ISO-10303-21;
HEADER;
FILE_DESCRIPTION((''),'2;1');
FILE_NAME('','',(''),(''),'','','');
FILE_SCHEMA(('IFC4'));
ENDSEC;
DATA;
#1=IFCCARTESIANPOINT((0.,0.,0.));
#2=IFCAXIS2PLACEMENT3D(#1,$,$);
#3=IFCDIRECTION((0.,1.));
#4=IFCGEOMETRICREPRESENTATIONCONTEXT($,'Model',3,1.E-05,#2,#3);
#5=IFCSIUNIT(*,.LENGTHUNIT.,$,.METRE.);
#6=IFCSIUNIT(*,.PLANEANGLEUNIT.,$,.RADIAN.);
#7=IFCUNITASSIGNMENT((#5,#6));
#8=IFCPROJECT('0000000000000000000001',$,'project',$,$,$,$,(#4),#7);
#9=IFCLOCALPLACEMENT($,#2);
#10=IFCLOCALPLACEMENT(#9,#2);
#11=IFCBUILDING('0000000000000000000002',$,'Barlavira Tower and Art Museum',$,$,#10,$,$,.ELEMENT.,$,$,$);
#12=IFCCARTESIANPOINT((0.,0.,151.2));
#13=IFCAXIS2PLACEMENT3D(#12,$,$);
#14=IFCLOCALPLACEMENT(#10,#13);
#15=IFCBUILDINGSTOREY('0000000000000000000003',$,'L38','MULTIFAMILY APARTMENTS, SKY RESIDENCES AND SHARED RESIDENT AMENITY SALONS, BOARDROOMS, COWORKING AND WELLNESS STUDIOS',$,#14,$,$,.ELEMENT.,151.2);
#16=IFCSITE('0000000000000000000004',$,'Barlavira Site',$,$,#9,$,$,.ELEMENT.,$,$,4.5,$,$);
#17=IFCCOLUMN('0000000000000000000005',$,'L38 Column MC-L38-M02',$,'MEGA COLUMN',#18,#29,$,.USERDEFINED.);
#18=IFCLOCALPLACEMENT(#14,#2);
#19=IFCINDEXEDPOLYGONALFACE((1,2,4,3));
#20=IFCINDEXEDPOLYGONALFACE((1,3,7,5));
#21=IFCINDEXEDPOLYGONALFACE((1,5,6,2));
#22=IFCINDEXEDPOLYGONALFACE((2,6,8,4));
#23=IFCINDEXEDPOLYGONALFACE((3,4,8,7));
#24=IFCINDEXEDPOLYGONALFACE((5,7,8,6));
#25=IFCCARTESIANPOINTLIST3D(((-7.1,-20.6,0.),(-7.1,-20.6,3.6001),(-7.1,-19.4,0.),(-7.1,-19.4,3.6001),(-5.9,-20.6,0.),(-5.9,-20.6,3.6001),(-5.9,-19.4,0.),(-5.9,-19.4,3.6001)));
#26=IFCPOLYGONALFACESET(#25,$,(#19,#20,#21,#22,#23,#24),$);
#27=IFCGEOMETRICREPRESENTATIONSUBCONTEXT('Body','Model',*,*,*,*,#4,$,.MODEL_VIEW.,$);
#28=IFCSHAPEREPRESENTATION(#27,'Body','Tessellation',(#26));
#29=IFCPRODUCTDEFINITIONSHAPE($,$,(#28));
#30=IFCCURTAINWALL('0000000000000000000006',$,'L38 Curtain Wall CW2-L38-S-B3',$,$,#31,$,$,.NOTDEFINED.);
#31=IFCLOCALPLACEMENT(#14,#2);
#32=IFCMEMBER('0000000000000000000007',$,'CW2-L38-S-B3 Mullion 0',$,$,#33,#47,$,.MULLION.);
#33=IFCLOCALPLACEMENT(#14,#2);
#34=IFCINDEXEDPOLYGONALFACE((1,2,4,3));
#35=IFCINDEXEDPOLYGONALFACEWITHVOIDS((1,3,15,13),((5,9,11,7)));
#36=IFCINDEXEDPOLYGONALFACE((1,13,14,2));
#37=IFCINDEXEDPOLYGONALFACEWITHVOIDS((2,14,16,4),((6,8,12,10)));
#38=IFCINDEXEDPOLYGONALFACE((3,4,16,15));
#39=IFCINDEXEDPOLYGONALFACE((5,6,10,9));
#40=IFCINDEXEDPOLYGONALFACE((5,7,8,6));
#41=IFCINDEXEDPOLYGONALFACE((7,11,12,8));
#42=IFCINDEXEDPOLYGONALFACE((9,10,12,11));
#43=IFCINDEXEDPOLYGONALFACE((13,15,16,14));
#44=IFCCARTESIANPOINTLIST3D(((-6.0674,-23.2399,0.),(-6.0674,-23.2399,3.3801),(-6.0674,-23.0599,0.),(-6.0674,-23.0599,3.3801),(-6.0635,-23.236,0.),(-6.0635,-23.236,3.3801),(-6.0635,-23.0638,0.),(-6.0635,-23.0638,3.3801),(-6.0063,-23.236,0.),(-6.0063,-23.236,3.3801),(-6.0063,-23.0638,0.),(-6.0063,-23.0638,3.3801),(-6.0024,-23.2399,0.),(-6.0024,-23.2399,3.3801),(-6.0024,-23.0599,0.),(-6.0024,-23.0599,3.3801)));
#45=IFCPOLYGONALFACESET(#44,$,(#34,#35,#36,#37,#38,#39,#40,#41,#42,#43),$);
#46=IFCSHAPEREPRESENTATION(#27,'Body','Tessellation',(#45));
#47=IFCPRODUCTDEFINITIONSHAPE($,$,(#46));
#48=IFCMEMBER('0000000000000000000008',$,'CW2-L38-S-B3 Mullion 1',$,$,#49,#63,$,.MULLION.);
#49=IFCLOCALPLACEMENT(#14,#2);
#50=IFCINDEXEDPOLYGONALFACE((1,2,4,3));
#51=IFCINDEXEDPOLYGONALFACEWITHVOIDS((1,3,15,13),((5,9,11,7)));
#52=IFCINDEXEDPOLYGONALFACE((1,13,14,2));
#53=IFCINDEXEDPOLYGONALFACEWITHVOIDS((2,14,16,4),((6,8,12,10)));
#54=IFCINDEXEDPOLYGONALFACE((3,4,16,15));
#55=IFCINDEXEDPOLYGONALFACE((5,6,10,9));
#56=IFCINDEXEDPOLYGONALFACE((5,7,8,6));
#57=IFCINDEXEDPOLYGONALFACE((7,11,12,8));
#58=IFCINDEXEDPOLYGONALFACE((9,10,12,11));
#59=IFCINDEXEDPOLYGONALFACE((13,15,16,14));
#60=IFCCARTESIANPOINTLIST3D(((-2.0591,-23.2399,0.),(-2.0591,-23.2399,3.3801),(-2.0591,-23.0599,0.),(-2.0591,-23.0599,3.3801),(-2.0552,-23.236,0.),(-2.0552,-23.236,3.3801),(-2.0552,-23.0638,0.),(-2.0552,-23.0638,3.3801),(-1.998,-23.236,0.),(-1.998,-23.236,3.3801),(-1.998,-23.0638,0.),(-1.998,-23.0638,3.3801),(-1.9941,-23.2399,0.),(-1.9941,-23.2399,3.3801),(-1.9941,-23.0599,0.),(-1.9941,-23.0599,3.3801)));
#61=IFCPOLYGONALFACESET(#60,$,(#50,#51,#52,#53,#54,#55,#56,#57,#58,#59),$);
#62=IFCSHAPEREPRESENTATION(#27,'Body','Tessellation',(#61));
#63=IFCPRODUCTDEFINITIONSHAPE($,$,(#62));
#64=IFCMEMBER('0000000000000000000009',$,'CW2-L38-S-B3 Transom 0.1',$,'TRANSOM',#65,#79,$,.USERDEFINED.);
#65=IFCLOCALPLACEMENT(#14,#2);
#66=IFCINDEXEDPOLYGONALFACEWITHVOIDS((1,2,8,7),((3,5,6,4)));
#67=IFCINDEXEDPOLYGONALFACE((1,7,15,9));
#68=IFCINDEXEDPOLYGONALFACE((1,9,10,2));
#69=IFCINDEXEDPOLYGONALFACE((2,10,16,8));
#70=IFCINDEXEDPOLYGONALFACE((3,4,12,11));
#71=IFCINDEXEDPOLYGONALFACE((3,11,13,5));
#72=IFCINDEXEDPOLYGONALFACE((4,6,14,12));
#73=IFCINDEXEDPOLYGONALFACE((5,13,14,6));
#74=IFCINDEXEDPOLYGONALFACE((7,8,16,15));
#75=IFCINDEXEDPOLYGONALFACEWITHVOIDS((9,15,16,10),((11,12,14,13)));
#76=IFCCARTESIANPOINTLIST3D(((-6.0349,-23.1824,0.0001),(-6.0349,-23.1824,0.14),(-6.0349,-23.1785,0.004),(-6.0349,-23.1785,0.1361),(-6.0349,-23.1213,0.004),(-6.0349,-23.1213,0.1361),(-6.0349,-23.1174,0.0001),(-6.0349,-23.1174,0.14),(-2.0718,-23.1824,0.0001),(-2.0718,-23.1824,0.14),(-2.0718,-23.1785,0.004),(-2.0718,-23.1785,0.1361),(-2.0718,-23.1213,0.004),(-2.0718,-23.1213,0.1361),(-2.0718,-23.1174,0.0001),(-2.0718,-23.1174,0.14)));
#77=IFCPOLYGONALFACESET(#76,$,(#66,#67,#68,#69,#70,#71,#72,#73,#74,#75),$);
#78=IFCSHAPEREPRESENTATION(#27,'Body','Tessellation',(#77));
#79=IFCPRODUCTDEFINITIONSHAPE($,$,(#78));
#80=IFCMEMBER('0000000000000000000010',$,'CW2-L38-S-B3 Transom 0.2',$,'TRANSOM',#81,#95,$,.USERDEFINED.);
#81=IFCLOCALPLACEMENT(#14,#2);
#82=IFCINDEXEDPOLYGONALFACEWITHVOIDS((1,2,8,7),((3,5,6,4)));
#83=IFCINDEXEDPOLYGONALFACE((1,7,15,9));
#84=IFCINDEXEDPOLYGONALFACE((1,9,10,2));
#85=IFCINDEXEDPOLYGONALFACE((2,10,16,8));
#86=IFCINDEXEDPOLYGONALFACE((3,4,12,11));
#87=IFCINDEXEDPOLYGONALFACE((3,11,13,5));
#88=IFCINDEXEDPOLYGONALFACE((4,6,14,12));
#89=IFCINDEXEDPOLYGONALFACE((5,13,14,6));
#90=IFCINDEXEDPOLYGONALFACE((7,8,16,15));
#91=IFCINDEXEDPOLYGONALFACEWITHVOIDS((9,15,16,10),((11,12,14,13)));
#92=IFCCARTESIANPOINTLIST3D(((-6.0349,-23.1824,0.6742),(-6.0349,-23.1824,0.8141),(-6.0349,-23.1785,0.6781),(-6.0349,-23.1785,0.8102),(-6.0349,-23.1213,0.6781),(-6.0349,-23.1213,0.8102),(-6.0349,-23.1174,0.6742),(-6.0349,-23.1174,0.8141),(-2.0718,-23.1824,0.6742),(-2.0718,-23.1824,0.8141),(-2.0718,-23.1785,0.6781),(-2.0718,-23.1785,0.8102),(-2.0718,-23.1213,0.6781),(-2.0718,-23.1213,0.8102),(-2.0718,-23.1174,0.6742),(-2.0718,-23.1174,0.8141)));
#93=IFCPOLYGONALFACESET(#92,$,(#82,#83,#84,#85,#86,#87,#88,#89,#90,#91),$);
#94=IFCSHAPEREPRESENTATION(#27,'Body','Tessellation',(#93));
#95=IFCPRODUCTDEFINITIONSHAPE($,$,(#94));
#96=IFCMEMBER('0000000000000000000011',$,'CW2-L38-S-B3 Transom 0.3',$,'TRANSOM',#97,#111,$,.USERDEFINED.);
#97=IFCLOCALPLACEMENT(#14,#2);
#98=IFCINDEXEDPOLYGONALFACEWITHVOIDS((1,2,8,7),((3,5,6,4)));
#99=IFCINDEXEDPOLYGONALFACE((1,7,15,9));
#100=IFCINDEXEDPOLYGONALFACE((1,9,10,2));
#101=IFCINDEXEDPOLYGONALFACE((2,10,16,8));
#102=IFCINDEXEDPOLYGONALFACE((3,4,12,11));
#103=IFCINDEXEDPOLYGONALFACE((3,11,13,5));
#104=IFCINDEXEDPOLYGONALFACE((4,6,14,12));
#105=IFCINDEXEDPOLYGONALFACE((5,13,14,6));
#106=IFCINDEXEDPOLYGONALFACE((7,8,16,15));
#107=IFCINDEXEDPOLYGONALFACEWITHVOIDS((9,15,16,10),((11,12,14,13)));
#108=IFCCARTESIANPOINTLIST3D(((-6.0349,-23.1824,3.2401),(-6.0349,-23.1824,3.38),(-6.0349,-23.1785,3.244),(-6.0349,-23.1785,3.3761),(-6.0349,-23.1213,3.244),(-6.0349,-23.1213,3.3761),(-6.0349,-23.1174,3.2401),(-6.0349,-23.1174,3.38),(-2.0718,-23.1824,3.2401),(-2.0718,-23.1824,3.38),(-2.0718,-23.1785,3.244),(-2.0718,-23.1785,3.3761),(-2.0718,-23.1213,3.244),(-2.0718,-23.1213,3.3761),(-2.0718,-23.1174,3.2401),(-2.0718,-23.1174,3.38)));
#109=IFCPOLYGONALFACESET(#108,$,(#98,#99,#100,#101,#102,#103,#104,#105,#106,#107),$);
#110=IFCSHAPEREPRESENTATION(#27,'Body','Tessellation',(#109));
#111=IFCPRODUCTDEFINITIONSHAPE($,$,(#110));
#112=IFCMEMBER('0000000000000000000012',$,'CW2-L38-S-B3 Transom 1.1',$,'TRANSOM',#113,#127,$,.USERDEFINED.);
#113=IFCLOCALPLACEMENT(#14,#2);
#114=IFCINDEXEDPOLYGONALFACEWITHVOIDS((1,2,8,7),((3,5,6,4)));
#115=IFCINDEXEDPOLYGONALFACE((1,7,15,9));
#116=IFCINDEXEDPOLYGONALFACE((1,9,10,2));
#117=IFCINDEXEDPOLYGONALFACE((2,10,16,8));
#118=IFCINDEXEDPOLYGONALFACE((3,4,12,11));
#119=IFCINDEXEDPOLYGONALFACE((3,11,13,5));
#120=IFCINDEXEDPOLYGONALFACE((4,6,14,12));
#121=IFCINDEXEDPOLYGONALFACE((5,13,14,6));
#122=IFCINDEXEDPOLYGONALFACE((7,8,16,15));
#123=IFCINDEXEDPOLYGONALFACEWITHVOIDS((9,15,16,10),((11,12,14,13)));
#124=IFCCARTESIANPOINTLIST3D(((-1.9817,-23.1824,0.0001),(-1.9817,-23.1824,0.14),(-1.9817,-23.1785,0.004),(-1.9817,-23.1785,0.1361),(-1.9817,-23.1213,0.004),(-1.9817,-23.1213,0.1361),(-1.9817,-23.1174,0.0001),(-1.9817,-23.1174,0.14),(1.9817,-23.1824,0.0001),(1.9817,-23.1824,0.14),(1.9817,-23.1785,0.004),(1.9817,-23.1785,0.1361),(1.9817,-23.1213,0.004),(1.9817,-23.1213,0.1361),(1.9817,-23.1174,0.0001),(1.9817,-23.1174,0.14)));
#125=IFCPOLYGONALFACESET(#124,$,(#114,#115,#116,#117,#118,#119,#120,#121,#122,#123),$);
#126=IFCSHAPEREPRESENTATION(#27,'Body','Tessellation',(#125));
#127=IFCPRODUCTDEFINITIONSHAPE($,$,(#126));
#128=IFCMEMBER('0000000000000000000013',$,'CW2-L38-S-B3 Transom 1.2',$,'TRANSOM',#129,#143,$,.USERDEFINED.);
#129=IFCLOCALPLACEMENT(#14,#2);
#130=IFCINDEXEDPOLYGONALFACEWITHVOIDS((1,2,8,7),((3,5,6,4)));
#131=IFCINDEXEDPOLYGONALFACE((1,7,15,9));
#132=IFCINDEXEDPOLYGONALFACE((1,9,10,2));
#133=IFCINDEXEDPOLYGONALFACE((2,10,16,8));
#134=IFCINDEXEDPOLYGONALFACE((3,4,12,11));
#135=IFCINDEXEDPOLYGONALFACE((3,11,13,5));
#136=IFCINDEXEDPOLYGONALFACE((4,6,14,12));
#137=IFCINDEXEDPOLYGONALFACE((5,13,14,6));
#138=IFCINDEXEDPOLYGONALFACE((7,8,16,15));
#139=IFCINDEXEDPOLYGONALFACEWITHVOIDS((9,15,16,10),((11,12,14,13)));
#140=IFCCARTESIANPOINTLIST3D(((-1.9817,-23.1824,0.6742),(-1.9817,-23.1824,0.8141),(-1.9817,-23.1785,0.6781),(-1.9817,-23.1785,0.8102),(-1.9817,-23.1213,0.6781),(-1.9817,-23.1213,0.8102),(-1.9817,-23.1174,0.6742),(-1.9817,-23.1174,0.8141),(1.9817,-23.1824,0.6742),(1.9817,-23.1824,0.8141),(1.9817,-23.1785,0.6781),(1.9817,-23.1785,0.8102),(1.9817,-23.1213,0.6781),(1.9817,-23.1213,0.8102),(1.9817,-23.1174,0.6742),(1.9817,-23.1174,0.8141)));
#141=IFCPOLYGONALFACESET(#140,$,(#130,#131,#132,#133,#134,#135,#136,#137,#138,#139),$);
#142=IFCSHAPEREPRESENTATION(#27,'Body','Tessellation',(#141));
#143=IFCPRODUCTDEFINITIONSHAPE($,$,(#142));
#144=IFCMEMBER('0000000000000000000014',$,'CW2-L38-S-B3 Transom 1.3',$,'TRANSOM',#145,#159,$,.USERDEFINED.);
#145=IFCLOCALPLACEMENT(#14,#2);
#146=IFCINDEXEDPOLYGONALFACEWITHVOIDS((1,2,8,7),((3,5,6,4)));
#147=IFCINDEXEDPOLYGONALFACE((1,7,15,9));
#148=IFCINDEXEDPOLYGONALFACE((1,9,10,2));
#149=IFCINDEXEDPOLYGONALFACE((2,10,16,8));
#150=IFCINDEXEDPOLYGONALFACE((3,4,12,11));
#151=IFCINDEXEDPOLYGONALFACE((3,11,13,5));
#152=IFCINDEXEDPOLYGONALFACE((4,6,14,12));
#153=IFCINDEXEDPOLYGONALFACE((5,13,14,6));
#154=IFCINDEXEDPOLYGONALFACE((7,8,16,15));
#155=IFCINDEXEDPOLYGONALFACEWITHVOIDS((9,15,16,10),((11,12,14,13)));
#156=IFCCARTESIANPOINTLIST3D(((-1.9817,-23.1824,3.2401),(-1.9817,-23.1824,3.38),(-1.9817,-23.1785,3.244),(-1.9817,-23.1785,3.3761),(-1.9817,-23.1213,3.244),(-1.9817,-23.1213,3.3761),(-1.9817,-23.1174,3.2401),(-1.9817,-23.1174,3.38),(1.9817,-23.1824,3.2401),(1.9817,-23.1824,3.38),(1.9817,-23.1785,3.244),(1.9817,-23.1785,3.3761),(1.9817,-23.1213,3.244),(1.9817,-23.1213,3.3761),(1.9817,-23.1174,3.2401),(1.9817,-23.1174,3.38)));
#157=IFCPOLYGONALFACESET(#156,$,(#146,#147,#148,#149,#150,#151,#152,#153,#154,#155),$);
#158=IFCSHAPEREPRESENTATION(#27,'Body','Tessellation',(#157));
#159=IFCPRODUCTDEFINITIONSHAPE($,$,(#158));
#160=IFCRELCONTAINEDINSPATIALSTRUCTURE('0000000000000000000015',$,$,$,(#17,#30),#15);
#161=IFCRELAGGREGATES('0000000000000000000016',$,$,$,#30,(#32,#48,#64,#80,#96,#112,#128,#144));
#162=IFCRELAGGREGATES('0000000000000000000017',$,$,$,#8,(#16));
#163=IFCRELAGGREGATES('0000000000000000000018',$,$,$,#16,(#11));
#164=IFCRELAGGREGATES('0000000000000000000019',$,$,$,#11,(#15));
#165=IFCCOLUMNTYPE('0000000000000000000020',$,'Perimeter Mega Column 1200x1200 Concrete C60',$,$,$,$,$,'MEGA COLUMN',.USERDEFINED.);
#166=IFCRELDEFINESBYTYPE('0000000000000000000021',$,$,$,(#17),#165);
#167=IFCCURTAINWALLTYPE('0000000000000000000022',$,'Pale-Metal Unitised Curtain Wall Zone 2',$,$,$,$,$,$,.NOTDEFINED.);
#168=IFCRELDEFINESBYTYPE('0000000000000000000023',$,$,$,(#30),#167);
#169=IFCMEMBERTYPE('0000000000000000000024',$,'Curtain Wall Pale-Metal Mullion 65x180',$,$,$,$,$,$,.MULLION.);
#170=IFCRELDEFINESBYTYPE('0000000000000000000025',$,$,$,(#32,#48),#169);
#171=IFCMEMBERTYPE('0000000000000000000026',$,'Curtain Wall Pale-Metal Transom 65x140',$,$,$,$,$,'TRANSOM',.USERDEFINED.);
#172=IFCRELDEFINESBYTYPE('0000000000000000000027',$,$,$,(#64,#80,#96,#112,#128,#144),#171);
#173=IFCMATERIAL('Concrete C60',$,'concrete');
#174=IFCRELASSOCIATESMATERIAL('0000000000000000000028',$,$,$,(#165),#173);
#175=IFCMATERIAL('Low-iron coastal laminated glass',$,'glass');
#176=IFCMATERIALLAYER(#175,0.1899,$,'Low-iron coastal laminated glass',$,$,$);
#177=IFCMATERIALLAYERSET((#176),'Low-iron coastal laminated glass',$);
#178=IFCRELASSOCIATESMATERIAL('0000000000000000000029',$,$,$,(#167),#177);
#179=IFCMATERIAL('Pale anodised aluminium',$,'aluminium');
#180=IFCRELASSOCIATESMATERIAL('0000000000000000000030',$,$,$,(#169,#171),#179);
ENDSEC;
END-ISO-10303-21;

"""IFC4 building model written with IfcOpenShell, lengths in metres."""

from ifc_helpers import new_model, si_unit, direction, frame, origin, origin_2d, place, context, subcontext, project, spatial, rectangle, hollow_rectangle, extrude, material, layer, layer_set, material_profile, profile_set, type_object, element, aggregate, save


model = new_model("IFC4")

# Units and contexts
model_context = context("Model", 3, precision=1e-05, world=origin(), true_north=direction((0.0, 1.0)))
body_context = subcontext(model_context, "Body", "Model", "MODEL_VIEW")
ifc_project = project(units=[si_unit("LENGTHUNIT", "METRE"), si_unit("PLANEANGLEUNIT", "RADIAN")], contexts=[model_context])

# Site, building, storey
site_placement = place(None, origin())
site = spatial("IfcSite", under=ifc_project, at=site_placement, Name="Barlavira Site", CompositionType="ELEMENT", RefElevation=4.5)
building_placement = place(site_placement, origin())
building = spatial("IfcBuilding", under=site, at=building_placement, Name="Barlavira Tower and Art Museum", CompositionType="ELEMENT")
storey_placement = place(building_placement, frame((0.0, 0.0, 151.2)))
storey = spatial("IfcBuildingStorey", under=building, at=storey_placement, Name="L38", Description="MULTIFAMILY APARTMENTS, SKY RESIDENCES AND SHARED RESIDENT AMENITY SALONS, BOARDROOMS, COWORKING AND WELLNESS STUDIOS", CompositionType="ELEMENT", Elevation=151.2)

# Column
ifc_material_1 = material(Name="Concrete C60", Category="concrete")
ifc_material_profile_1 = material_profile(ifc_material_1, rectangle(XDim=1.2, YDim=1.2, at=origin_2d()), Name="RC-COL 1200x1200")
ifc_profile_set_1 = profile_set([ifc_material_profile_1], Name="Concrete C60")
column_type = type_object("IfcColumnType", Name="Perimeter Mega Column 1200x1200 Concrete C60", ElementType="MEGA COLUMN", PredefinedType="USERDEFINED", material=ifc_profile_set_1)
column_placement = place(storey_placement, frame((-6.5, -20.0, 0.0), z_axis=(0.0, 0.0, 1.0), x_axis=(1.0, 0.0, 0.0)))
element("IfcColumn", 1, at=column_placement, inside=storey, type_object=column_type, Name="L38 Column MC-L38-M02", ObjectType="MEGA COLUMN", PredefinedType="USERDEFINED", context=body_context, shape_type="SweptSolid", body=[
    extrude(rectangle(XDim=1.2, YDim=1.2, at=origin_2d()), origin(), (0.0, 0.0, 1.0), 3.6001),
])

# Curtain wall, members
ifc_material_2 = material(Name="Low-iron coastal laminated glass", Category="glass")
ifc_layer_1 = layer(ifc_material_2, 0.1899, Name="Low-iron coastal laminated glass")
ifc_layer_set_1 = layer_set([ifc_layer_1], Name="Low-iron coastal laminated glass")
curtain_wall_type = type_object("IfcCurtainWallType", Name="Pale-Metal Unitised Curtain Wall Zone 2", PredefinedType="NOTDEFINED", material=ifc_layer_set_1)
curtain_wall_placement = place(storey_placement, origin())
curtain_wall = element("IfcCurtainWall", 2, at=curtain_wall_placement, inside=storey, type_object=curtain_wall_type, Name="L38 Curtain Wall CW2-L38-S-B3", PredefinedType="NOTDEFINED")
ifc_material_3 = material(Name="Pale anodised aluminium", Category="aluminium")
ifc_material_profile_2 = material_profile(ifc_material_3, hollow_rectangle(XDim=0.0649, YDim=0.1799, WallThickness=0.0039, at=origin_2d()), Name="ALU-MULL 65x180x4")
ifc_profile_set_2 = profile_set([ifc_material_profile_2], Name="Pale anodised aluminium")
member_type_1 = type_object("IfcMemberType", Name="Curtain Wall Pale-Metal Mullion 65x180", PredefinedType="MULLION", material=ifc_profile_set_2)
member_1_placement = place(storey_placement, frame((-6.0349, -23.1499, 0.0), z_axis=(0.0, 0.0, 1.0), x_axis=(1.0, 0.0, 0.0)))
member_1 = element("IfcMember", 3, at=member_1_placement, type_object=member_type_1, Name="CW2-L38-S-B3 Mullion 0", PredefinedType="MULLION", context=body_context, shape_type="SweptSolid", body=[
    extrude(hollow_rectangle(XDim=0.0649, YDim=0.1799, WallThickness=0.0039, at=origin_2d()), origin(), (0.0, 0.0, 1.0), 3.3801),
])
member_2_placement = place(storey_placement, frame((-2.0266, -23.1499, 0.0), z_axis=(0.0, 0.0, 1.0), x_axis=(1.0, 0.0, 0.0)))
member_2 = element("IfcMember", 4, at=member_2_placement, type_object=member_type_1, Name="CW2-L38-S-B3 Mullion 1", PredefinedType="MULLION", context=body_context, shape_type="SweptSolid", body=[
    extrude(hollow_rectangle(XDim=0.0649, YDim=0.1799, WallThickness=0.0039, at=origin_2d()), origin(), (0.0, 0.0, 1.0), 3.3801),
])
ifc_material_profile_3 = material_profile(ifc_material_3, hollow_rectangle(XDim=0.0649, YDim=0.1399, WallThickness=0.0039, at=origin_2d()), Name="ALU-TRAN 65x140x4")
ifc_profile_set_3 = profile_set([ifc_material_profile_3], Name="Pale anodised aluminium")
member_type_2 = type_object("IfcMemberType", Name="Curtain Wall Pale-Metal Transom 65x140", ElementType="TRANSOM", PredefinedType="USERDEFINED", material=ifc_profile_set_3)
member_3_placement = place(storey_placement, frame((-6.0349, -23.1499, 0.0701), z_axis=(1.0, 0.0, 0.0), x_axis=(0.0, 1.0, 0.0)))
member_3 = element("IfcMember", 5, at=member_3_placement, type_object=member_type_2, Name="CW2-L38-S-B3 Transom 0.1", ObjectType="TRANSOM", PredefinedType="USERDEFINED", context=body_context, shape_type="SweptSolid", body=[
    extrude(hollow_rectangle(XDim=0.0649, YDim=0.1399, WallThickness=0.0039, at=origin_2d()), origin(), (0.0, 0.0, 1.0), 3.9631),
])
member_4_placement = place(storey_placement, frame((-6.0349, -23.1499, 0.7441), z_axis=(1.0, 0.0, 0.0), x_axis=(0.0, 1.0, 0.0)))
member_4 = element("IfcMember", 6, at=member_4_placement, type_object=member_type_2, Name="CW2-L38-S-B3 Transom 0.2", ObjectType="TRANSOM", PredefinedType="USERDEFINED", context=body_context, shape_type="SweptSolid", body=[
    extrude(hollow_rectangle(XDim=0.0649, YDim=0.1399, WallThickness=0.0039, at=origin_2d()), origin(), (0.0, 0.0, 1.0), 3.9631),
])
member_5_placement = place(storey_placement, frame((-6.0349, -23.1499, 3.3101), z_axis=(1.0, 0.0, 0.0), x_axis=(0.0, 1.0, 0.0)))
member_5 = element("IfcMember", 7, at=member_5_placement, type_object=member_type_2, Name="CW2-L38-S-B3 Transom 0.3", ObjectType="TRANSOM", PredefinedType="USERDEFINED", context=body_context, shape_type="SweptSolid", body=[
    extrude(hollow_rectangle(XDim=0.0649, YDim=0.1399, WallThickness=0.0039, at=origin_2d()), origin(), (0.0, 0.0, 1.0), 3.9631),
])
member_6_placement = place(storey_placement, frame((-1.9817, -23.1499, 0.0701), z_axis=(1.0, 0.0, 0.0), x_axis=(0.0, 1.0, 0.0)))
member_6 = element("IfcMember", 8, at=member_6_placement, type_object=member_type_2, Name="CW2-L38-S-B3 Transom 1.1", ObjectType="TRANSOM", PredefinedType="USERDEFINED", context=body_context, shape_type="SweptSolid", body=[
    extrude(hollow_rectangle(XDim=0.0649, YDim=0.1399, WallThickness=0.0039, at=origin_2d()), origin(), (0.0, 0.0, 1.0), 3.9634),
])
member_7_placement = place(storey_placement, frame((-1.9817, -23.1499, 0.7441), z_axis=(1.0, 0.0, 0.0), x_axis=(0.0, 1.0, 0.0)))
member_7 = element("IfcMember", 9, at=member_7_placement, type_object=member_type_2, Name="CW2-L38-S-B3 Transom 1.2", ObjectType="TRANSOM", PredefinedType="USERDEFINED", context=body_context, shape_type="SweptSolid", body=[
    extrude(hollow_rectangle(XDim=0.0649, YDim=0.1399, WallThickness=0.0039, at=origin_2d()), origin(), (0.0, 0.0, 1.0), 3.9634),
])
member_8_placement = place(storey_placement, frame((-1.9817, -23.1499, 3.3101), z_axis=(1.0, 0.0, 0.0), x_axis=(0.0, 1.0, 0.0)))
member_8 = element("IfcMember", 10, at=member_8_placement, type_object=member_type_2, Name="CW2-L38-S-B3 Transom 1.3", ObjectType="TRANSOM", PredefinedType="USERDEFINED", context=body_context, shape_type="SweptSolid", body=[
    extrude(hollow_rectangle(XDim=0.0649, YDim=0.1399, WallThickness=0.0039, at=origin_2d()), origin(), (0.0, 0.0, 1.0), 3.9634),
])

aggregate(curtain_wall, [member_1, member_2, member_3, member_4, member_5, member_6, member_7, member_8])

save(model, "model.ifc")
